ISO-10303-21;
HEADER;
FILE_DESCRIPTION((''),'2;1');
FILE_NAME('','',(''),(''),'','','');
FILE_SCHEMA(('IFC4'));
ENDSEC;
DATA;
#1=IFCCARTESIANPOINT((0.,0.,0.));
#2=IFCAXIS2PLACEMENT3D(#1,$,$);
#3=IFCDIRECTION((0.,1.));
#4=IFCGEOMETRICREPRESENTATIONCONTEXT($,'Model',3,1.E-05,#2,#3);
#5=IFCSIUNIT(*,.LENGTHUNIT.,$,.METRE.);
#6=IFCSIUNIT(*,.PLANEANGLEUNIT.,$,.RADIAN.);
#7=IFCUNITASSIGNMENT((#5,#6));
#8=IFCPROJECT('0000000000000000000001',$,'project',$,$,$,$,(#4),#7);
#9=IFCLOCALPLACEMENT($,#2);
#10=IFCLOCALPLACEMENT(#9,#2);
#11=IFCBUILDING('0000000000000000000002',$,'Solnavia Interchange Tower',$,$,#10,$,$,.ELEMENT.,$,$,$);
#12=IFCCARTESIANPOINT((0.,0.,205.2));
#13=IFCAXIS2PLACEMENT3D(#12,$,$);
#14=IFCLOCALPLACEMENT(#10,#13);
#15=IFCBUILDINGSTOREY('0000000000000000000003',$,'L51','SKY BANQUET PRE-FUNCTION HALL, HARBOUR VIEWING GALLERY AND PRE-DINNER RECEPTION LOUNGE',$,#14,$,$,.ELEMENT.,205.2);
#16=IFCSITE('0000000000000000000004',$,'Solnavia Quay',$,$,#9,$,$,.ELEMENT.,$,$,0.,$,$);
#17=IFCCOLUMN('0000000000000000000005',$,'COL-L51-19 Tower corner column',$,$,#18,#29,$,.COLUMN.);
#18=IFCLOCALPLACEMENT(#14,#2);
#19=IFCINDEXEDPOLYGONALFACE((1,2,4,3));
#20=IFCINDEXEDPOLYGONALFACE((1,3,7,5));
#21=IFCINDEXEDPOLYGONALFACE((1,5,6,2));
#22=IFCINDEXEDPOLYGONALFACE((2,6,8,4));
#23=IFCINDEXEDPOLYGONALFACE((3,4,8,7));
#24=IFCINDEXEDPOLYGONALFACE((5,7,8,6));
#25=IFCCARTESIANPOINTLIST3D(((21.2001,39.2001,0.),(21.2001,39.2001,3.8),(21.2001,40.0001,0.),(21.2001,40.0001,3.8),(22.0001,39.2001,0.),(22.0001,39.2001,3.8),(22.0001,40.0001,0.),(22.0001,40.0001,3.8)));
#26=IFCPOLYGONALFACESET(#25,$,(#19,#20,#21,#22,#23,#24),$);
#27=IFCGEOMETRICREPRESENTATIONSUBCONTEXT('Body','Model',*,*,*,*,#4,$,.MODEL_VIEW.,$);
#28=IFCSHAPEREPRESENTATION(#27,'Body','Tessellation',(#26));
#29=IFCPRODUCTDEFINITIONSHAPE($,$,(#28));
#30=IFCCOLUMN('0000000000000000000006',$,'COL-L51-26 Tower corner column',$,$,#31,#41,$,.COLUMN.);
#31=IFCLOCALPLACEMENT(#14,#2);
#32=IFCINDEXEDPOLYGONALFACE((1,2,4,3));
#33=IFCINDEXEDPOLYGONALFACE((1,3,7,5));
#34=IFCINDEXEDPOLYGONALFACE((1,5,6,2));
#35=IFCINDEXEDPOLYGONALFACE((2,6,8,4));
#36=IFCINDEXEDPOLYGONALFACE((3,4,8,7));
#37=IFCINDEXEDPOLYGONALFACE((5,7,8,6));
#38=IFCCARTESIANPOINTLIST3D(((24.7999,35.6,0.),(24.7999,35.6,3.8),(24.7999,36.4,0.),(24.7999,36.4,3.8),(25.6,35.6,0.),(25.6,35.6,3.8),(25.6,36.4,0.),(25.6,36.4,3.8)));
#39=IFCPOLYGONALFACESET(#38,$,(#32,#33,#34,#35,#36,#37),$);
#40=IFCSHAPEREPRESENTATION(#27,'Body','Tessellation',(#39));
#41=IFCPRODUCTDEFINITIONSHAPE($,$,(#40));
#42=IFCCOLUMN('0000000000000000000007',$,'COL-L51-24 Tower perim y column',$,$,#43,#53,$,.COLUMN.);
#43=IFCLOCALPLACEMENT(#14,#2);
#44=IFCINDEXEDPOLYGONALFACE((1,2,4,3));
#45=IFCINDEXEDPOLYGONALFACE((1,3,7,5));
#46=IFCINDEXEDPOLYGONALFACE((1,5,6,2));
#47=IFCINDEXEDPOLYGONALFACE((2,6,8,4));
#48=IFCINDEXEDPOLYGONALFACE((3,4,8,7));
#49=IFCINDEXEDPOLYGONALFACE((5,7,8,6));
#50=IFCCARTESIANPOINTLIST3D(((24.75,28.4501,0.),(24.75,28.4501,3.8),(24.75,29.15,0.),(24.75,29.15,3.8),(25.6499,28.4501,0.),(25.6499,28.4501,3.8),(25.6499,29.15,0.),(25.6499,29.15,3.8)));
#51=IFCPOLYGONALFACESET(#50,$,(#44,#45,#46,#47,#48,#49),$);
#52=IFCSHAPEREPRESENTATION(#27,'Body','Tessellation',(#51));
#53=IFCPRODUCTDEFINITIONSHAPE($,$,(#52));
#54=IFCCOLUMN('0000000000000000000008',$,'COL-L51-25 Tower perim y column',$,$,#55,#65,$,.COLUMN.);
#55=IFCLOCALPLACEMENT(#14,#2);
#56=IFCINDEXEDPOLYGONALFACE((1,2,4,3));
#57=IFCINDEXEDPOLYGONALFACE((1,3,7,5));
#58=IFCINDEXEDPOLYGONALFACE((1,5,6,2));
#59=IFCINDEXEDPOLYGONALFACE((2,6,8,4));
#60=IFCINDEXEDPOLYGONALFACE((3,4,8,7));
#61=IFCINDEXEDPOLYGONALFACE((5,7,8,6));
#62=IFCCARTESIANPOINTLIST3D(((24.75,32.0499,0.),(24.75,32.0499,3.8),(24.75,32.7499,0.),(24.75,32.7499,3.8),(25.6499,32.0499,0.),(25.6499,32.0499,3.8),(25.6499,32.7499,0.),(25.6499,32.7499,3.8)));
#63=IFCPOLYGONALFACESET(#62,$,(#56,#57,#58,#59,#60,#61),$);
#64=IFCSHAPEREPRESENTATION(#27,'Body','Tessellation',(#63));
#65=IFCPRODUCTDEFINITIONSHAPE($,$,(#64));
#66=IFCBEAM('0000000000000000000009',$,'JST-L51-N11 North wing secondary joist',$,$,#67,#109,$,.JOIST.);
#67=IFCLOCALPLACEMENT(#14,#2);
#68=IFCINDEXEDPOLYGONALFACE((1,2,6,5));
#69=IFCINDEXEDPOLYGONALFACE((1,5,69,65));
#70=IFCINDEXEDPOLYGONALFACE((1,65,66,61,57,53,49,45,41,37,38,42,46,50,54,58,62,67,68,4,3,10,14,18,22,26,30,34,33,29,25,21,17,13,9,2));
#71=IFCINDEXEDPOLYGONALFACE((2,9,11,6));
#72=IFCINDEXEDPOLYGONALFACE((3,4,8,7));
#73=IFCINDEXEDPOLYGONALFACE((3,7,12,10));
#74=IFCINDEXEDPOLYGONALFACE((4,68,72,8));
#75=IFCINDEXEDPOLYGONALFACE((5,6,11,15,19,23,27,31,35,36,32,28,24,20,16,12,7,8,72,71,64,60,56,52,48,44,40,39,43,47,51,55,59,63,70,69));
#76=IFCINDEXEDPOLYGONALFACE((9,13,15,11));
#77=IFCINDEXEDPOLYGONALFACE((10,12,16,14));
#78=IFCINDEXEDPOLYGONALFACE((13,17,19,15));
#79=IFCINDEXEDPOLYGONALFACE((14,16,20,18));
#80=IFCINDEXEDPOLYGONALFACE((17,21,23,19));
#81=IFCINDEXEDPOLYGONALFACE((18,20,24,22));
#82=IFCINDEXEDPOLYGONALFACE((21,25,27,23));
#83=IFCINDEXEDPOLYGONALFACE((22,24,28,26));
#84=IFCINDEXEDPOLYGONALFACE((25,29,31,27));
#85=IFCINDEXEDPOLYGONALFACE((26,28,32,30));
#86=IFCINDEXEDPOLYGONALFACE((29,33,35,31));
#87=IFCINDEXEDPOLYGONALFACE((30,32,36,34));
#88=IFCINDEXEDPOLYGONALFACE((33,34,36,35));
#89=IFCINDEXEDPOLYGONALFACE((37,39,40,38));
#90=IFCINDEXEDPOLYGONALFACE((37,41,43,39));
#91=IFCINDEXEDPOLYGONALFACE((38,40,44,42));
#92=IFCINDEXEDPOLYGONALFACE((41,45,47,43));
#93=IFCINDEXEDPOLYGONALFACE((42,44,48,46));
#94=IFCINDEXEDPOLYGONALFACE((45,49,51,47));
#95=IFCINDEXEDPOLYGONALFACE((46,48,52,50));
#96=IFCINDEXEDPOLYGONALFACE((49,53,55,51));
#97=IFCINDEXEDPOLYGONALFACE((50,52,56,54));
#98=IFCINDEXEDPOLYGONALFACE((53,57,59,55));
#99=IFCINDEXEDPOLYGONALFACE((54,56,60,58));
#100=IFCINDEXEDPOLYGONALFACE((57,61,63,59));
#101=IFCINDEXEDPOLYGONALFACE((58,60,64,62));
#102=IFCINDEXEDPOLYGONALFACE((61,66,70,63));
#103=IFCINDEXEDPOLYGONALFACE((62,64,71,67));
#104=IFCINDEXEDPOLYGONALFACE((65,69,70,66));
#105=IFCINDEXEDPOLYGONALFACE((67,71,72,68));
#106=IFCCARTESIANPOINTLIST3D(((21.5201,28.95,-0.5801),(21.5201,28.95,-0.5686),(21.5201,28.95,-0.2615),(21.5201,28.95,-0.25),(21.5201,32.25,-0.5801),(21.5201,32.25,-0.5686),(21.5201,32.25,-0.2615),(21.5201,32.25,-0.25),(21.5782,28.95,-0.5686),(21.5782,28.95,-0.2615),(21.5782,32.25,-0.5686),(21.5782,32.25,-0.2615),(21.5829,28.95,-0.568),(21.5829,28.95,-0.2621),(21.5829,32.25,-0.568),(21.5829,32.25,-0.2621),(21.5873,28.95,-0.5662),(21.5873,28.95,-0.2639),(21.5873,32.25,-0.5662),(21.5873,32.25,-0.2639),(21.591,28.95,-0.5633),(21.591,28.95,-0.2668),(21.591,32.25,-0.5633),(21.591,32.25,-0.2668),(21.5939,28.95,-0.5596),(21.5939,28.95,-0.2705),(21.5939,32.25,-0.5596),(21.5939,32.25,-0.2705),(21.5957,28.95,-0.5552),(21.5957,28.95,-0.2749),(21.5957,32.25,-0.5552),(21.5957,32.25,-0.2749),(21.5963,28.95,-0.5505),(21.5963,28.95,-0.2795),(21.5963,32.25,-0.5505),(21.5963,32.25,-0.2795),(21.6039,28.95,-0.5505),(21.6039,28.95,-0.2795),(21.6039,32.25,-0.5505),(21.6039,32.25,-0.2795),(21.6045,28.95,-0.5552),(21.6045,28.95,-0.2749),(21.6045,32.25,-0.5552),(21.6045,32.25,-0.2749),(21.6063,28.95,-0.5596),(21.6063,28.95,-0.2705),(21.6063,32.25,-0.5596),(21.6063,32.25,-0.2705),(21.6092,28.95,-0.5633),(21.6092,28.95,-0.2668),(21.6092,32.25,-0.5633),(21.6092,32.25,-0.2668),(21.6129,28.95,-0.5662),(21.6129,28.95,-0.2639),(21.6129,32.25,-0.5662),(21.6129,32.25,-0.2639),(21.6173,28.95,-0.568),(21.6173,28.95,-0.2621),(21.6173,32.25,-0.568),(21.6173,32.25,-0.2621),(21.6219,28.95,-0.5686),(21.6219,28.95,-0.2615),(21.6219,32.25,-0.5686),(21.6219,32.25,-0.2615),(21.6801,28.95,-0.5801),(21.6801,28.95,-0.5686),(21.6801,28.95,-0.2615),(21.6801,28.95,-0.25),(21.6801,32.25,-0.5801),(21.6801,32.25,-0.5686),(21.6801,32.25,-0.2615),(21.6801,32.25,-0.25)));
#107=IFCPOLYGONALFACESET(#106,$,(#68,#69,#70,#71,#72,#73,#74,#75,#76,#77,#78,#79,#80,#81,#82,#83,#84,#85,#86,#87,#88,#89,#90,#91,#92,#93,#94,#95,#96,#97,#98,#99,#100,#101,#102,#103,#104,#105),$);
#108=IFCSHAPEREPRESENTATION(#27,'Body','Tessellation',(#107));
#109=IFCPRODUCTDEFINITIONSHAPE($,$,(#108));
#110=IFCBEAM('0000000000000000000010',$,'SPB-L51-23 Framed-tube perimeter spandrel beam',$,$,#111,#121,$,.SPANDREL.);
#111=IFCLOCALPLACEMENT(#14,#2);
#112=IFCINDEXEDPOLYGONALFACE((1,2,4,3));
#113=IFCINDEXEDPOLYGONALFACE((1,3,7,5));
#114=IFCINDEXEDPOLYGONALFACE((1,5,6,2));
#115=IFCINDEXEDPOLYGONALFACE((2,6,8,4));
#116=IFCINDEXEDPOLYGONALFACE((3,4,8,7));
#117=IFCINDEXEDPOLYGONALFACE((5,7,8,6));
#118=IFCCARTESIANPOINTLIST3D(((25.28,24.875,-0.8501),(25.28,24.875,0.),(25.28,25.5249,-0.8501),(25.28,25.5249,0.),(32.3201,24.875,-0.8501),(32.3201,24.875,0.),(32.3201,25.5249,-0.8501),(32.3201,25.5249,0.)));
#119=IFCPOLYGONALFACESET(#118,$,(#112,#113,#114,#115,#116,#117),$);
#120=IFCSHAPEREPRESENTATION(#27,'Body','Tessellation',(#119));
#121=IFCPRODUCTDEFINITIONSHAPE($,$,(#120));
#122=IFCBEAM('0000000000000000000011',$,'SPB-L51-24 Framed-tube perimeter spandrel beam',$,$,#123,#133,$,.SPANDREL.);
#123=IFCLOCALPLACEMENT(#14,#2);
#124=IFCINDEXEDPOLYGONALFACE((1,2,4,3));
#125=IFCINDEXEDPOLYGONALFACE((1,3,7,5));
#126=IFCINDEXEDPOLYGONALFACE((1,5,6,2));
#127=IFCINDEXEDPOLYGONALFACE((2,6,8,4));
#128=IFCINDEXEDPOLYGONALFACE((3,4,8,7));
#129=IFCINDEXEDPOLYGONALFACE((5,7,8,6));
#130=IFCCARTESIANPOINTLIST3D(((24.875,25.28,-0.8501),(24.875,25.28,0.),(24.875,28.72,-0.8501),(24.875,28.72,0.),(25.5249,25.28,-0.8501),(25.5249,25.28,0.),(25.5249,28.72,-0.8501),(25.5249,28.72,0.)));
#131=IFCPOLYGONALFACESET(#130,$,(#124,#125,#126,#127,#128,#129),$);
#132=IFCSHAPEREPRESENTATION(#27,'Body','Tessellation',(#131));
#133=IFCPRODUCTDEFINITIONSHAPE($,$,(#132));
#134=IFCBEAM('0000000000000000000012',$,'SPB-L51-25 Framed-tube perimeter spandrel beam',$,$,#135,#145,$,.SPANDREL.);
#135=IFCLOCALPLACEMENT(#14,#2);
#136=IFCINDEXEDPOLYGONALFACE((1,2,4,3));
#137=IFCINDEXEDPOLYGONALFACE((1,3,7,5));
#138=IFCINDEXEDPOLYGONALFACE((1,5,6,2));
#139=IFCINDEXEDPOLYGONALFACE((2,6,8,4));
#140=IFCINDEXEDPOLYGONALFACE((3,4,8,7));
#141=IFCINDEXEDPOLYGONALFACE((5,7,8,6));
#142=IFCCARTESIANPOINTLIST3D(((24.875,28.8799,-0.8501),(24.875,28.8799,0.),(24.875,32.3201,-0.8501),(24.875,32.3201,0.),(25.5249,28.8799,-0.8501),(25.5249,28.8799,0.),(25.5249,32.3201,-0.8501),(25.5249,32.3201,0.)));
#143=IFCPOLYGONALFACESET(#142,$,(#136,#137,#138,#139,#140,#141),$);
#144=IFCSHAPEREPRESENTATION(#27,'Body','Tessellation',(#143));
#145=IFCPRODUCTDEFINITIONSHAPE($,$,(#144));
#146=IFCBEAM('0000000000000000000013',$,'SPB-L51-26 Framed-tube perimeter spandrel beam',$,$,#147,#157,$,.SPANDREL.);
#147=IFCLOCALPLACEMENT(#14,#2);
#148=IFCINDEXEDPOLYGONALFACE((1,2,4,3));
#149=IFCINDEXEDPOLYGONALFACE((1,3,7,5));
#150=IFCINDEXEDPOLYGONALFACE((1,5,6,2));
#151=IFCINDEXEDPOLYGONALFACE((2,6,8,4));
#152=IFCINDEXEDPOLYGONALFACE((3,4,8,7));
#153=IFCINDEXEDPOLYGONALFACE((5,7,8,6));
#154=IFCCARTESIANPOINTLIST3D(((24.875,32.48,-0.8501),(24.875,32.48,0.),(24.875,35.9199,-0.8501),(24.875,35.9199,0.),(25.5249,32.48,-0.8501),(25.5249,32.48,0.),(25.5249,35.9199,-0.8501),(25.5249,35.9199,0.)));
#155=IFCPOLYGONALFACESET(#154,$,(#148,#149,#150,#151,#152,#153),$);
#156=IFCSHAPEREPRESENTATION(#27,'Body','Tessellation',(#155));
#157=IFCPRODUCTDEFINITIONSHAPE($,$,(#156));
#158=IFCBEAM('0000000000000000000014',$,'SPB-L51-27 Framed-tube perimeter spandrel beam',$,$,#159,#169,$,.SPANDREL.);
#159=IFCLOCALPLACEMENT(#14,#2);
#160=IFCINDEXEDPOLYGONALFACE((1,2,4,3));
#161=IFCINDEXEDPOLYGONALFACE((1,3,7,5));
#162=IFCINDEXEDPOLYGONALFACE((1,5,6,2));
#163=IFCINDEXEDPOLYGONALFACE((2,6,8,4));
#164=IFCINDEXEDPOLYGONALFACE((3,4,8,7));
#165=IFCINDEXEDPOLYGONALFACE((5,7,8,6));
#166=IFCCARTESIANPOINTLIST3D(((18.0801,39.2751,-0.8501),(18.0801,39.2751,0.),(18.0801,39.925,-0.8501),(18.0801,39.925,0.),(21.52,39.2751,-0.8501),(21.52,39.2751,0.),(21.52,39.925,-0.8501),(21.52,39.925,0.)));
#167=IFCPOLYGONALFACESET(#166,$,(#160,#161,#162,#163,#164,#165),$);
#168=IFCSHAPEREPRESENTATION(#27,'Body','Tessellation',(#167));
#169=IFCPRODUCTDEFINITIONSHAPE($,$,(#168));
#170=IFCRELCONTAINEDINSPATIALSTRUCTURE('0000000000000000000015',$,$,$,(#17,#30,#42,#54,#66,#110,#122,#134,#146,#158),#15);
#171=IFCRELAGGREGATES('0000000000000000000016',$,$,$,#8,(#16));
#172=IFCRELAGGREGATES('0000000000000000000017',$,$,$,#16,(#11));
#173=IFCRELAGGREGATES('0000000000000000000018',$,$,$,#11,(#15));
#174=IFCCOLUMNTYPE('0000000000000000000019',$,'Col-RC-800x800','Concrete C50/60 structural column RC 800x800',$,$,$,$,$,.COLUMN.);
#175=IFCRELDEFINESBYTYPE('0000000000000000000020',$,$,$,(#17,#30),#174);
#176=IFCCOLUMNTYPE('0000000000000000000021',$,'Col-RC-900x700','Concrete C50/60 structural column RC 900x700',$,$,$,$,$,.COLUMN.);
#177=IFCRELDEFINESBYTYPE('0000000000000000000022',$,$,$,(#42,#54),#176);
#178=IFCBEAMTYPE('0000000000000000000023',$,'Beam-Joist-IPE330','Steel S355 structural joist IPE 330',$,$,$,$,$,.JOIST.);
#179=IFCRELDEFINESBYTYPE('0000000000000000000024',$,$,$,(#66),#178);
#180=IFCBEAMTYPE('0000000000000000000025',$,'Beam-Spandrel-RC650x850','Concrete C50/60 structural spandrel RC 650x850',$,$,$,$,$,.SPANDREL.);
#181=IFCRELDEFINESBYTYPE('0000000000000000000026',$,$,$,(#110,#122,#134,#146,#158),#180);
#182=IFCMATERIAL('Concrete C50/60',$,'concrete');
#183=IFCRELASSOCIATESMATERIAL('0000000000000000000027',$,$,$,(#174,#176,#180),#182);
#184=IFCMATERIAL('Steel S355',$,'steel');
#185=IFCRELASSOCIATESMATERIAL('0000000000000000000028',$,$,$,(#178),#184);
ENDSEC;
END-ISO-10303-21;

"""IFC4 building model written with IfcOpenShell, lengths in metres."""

from ifc_helpers import new_model, si_unit, direction, frame, origin, origin_2d, place, context, subcontext, project, spatial, rectangle, i_section, extrude, material, material_profile, profile_set, type_object, element, save


model = new_model("IFC4")

# Units and contexts
model_context = context("Model", 3, precision=1e-05, world=origin(), true_north=direction((0.0, 1.0)))
body_context = subcontext(model_context, "Body", "Model", "MODEL_VIEW")
ifc_project = project(units=[si_unit("LENGTHUNIT", "METRE"), si_unit("PLANEANGLEUNIT", "RADIAN")], contexts=[model_context])

# Site, building, storey
site_placement = place(None, origin())
site = spatial("IfcSite", under=ifc_project, at=site_placement, Name="Solnavia Quay", CompositionType="ELEMENT", RefElevation=0.0)
building_placement = place(site_placement, origin())
building = spatial("IfcBuilding", under=site, at=building_placement, Name="Solnavia Interchange Tower", CompositionType="ELEMENT")
storey_placement = place(building_placement, frame((0.0, 0.0, 205.2)))
storey = spatial("IfcBuildingStorey", under=building, at=storey_placement, Name="L51", Description="SKY BANQUET PRE-FUNCTION HALL, HARBOUR VIEWING GALLERY AND PRE-DINNER RECEPTION LOUNGE", CompositionType="ELEMENT", Elevation=205.2)

# Columns
ifc_material_1 = material(Name="Concrete C50/60", Category="concrete")
ifc_material_profile_1 = material_profile(ifc_material_1, rectangle(XDim=0.8, YDim=0.8, at=origin_2d()), Name="RC 800x800")
ifc_profile_set_1 = profile_set([ifc_material_profile_1], Name="Concrete C50/60")
column_type_1 = type_object("IfcColumnType", Name="Col-RC-800x800", Description="Concrete C50/60 structural column RC 800x800", PredefinedType="COLUMN", material=ifc_profile_set_1)
for number, where, z_axis, x_axis, name in (
    (1, (21.6001, 39.6001, 0.0), (0.0, 0.0, 1.0), (1.0, 0.0, 0.0), "COL-L51-19 Tower corner column"),
    (2, (25.2, 36.0, 0.0), (0.0, 0.0, 1.0), (0.0, 1.0, 0.0), "COL-L51-26 Tower corner column"),
):
    element("IfcColumn", number, at=place(storey_placement, frame(where, z_axis=z_axis, x_axis=x_axis)), inside=storey, type_object=column_type_1, Name=name, PredefinedType="COLUMN", context=body_context, shape_type="SweptSolid", body=[
        extrude(rectangle(XDim=0.8, YDim=0.8, at=origin_2d()), origin(), (0.0, 0.0, 1.0), 3.8),
    ])
ifc_material_profile_2 = material_profile(ifc_material_1, rectangle(XDim=0.7, YDim=0.8999, at=origin_2d()), Name="RC 900x700")
ifc_profile_set_2 = profile_set([ifc_material_profile_2], Name="Concrete C50/60")
column_type_2 = type_object("IfcColumnType", Name="Col-RC-900x700", Description="Concrete C50/60 structural column RC 900x700", PredefinedType="COLUMN", material=ifc_profile_set_2)
for number, where, z_axis, x_axis, name in (
    (3, (25.2, 28.8, 0.0), (0.0, 0.0, 1.0), (0.0, 1.0, 0.0), "COL-L51-24 Tower perim y column"),
    (4, (25.2, 32.3999, 0.0), (0.0, 0.0, 1.0), (0.0, 1.0, 0.0), "COL-L51-25 Tower perim y column"),
):
    element("IfcColumn", number, at=place(storey_placement, frame(where, z_axis=z_axis, x_axis=x_axis)), inside=storey, type_object=column_type_2, Name=name, PredefinedType="COLUMN", context=body_context, shape_type="SweptSolid", body=[
        extrude(rectangle(XDim=0.7, YDim=0.8999, at=origin_2d()), origin(), (0.0, 0.0, 1.0), 3.8),
    ])

# Beams
ifc_material_2 = material(Name="Steel S355", Category="steel")
ifc_material_profile_3 = material_profile(ifc_material_2, i_section(OverallWidth=0.1599, OverallDepth=0.3301, WebThickness=0.0076, FlangeThickness=0.0115, FilletRadius=0.0181, at=origin_2d()), Name="IPE 330")
ifc_profile_set_3 = profile_set([ifc_material_profile_3], Name="Steel S355")
beam_type_1 = type_object("IfcBeamType", Name="Beam-Joist-IPE330", Description="Steel S355 structural joist IPE 330", PredefinedType="JOIST", material=ifc_profile_set_3)
beam_1_placement = place(storey_placement, frame((21.6001, 28.95, -0.415), z_axis=(0.0, 1.0, 0.0), x_axis=(-1.0, 0.0, 0.0)))
element("IfcBeam", 5, at=beam_1_placement, inside=storey, type_object=beam_type_1, Name="JST-L51-N11 North wing secondary joist", PredefinedType="JOIST", context=body_context, shape_type="SweptSolid", body=[
    extrude(i_section(OverallWidth=0.1599, OverallDepth=0.3301, WebThickness=0.0076, FlangeThickness=0.0115, FilletRadius=0.0181, at=origin_2d()), origin(), (0.0, 0.0, 1.0), 3.3),
])
ifc_material_profile_4 = material_profile(ifc_material_1, rectangle(XDim=0.6499, YDim=0.8501, at=origin_2d()), Name="RC 650x850")
ifc_profile_set_4 = profile_set([ifc_material_profile_4], Name="Concrete C50/60")
beam_type_2 = type_object("IfcBeamType", Name="Beam-Spandrel-RC650x850", Description="Concrete C50/60 structural spandrel RC 650x850", PredefinedType="SPANDREL", material=ifc_profile_set_4)
beam_2_placement = place(storey_placement, frame((32.3201, 25.2, -0.425), z_axis=(-1.0, 0.0, 0.0), x_axis=(0.0, -1.0, 0.0)))
element("IfcBeam", 6, at=beam_2_placement, inside=storey, type_object=beam_type_2, Name="SPB-L51-23 Framed-tube perimeter spandrel beam", PredefinedType="SPANDREL", context=body_context, shape_type="SweptSolid", body=[
    extrude(rectangle(XDim=0.6499, YDim=0.8501, at=origin_2d()), origin(), (0.0, 0.0, 1.0), 7.04),
])
beam_3_placement = place(storey_placement, frame((25.2, 25.28, -0.425), z_axis=(0.0, 1.0, 0.0), x_axis=(-1.0, 0.0, 0.0)))
element("IfcBeam", 7, at=beam_3_placement, inside=storey, type_object=beam_type_2, Name="SPB-L51-24 Framed-tube perimeter spandrel beam", PredefinedType="SPANDREL", context=body_context, shape_type="SweptSolid", body=[
    extrude(rectangle(XDim=0.6499, YDim=0.8501, at=origin_2d()), origin(), (0.0, 0.0, 1.0), 3.4399),
])
beam_4_placement = place(storey_placement, frame((25.2, 28.8799, -0.425), z_axis=(0.0, 1.0, 0.0), x_axis=(-1.0, 0.0, 0.0)))
element("IfcBeam", 8, at=beam_4_placement, inside=storey, type_object=beam_type_2, Name="SPB-L51-25 Framed-tube perimeter spandrel beam", PredefinedType="SPANDREL", context=body_context, shape_type="SweptSolid", body=[
    extrude(rectangle(XDim=0.6499, YDim=0.8501, at=origin_2d()), origin(), (0.0, 0.0, 1.0), 3.4402),
])
for number, where, z_axis, x_axis, name in (
    (9, (25.2, 32.48, -0.425), (0.0, 1.0, 0.0), (-1.0, 0.0, 0.0), "SPB-L51-26 Framed-tube perimeter spandrel beam"),
    (10, (21.52, 39.6001, -0.425), (-1.0, 0.0, 0.0), (0.0, -1.0, 0.0), "SPB-L51-27 Framed-tube perimeter spandrel beam"),
):
    element("IfcBeam", number, at=place(storey_placement, frame(where, z_axis=z_axis, x_axis=x_axis)), inside=storey, type_object=beam_type_2, Name=name, PredefinedType="SPANDREL", context=body_context, shape_type="SweptSolid", body=[
        extrude(rectangle(XDim=0.6499, YDim=0.8501, at=origin_2d()), origin(), (0.0, 0.0, 1.0), 3.4399),
    ])

save(model, "model.ifc")
